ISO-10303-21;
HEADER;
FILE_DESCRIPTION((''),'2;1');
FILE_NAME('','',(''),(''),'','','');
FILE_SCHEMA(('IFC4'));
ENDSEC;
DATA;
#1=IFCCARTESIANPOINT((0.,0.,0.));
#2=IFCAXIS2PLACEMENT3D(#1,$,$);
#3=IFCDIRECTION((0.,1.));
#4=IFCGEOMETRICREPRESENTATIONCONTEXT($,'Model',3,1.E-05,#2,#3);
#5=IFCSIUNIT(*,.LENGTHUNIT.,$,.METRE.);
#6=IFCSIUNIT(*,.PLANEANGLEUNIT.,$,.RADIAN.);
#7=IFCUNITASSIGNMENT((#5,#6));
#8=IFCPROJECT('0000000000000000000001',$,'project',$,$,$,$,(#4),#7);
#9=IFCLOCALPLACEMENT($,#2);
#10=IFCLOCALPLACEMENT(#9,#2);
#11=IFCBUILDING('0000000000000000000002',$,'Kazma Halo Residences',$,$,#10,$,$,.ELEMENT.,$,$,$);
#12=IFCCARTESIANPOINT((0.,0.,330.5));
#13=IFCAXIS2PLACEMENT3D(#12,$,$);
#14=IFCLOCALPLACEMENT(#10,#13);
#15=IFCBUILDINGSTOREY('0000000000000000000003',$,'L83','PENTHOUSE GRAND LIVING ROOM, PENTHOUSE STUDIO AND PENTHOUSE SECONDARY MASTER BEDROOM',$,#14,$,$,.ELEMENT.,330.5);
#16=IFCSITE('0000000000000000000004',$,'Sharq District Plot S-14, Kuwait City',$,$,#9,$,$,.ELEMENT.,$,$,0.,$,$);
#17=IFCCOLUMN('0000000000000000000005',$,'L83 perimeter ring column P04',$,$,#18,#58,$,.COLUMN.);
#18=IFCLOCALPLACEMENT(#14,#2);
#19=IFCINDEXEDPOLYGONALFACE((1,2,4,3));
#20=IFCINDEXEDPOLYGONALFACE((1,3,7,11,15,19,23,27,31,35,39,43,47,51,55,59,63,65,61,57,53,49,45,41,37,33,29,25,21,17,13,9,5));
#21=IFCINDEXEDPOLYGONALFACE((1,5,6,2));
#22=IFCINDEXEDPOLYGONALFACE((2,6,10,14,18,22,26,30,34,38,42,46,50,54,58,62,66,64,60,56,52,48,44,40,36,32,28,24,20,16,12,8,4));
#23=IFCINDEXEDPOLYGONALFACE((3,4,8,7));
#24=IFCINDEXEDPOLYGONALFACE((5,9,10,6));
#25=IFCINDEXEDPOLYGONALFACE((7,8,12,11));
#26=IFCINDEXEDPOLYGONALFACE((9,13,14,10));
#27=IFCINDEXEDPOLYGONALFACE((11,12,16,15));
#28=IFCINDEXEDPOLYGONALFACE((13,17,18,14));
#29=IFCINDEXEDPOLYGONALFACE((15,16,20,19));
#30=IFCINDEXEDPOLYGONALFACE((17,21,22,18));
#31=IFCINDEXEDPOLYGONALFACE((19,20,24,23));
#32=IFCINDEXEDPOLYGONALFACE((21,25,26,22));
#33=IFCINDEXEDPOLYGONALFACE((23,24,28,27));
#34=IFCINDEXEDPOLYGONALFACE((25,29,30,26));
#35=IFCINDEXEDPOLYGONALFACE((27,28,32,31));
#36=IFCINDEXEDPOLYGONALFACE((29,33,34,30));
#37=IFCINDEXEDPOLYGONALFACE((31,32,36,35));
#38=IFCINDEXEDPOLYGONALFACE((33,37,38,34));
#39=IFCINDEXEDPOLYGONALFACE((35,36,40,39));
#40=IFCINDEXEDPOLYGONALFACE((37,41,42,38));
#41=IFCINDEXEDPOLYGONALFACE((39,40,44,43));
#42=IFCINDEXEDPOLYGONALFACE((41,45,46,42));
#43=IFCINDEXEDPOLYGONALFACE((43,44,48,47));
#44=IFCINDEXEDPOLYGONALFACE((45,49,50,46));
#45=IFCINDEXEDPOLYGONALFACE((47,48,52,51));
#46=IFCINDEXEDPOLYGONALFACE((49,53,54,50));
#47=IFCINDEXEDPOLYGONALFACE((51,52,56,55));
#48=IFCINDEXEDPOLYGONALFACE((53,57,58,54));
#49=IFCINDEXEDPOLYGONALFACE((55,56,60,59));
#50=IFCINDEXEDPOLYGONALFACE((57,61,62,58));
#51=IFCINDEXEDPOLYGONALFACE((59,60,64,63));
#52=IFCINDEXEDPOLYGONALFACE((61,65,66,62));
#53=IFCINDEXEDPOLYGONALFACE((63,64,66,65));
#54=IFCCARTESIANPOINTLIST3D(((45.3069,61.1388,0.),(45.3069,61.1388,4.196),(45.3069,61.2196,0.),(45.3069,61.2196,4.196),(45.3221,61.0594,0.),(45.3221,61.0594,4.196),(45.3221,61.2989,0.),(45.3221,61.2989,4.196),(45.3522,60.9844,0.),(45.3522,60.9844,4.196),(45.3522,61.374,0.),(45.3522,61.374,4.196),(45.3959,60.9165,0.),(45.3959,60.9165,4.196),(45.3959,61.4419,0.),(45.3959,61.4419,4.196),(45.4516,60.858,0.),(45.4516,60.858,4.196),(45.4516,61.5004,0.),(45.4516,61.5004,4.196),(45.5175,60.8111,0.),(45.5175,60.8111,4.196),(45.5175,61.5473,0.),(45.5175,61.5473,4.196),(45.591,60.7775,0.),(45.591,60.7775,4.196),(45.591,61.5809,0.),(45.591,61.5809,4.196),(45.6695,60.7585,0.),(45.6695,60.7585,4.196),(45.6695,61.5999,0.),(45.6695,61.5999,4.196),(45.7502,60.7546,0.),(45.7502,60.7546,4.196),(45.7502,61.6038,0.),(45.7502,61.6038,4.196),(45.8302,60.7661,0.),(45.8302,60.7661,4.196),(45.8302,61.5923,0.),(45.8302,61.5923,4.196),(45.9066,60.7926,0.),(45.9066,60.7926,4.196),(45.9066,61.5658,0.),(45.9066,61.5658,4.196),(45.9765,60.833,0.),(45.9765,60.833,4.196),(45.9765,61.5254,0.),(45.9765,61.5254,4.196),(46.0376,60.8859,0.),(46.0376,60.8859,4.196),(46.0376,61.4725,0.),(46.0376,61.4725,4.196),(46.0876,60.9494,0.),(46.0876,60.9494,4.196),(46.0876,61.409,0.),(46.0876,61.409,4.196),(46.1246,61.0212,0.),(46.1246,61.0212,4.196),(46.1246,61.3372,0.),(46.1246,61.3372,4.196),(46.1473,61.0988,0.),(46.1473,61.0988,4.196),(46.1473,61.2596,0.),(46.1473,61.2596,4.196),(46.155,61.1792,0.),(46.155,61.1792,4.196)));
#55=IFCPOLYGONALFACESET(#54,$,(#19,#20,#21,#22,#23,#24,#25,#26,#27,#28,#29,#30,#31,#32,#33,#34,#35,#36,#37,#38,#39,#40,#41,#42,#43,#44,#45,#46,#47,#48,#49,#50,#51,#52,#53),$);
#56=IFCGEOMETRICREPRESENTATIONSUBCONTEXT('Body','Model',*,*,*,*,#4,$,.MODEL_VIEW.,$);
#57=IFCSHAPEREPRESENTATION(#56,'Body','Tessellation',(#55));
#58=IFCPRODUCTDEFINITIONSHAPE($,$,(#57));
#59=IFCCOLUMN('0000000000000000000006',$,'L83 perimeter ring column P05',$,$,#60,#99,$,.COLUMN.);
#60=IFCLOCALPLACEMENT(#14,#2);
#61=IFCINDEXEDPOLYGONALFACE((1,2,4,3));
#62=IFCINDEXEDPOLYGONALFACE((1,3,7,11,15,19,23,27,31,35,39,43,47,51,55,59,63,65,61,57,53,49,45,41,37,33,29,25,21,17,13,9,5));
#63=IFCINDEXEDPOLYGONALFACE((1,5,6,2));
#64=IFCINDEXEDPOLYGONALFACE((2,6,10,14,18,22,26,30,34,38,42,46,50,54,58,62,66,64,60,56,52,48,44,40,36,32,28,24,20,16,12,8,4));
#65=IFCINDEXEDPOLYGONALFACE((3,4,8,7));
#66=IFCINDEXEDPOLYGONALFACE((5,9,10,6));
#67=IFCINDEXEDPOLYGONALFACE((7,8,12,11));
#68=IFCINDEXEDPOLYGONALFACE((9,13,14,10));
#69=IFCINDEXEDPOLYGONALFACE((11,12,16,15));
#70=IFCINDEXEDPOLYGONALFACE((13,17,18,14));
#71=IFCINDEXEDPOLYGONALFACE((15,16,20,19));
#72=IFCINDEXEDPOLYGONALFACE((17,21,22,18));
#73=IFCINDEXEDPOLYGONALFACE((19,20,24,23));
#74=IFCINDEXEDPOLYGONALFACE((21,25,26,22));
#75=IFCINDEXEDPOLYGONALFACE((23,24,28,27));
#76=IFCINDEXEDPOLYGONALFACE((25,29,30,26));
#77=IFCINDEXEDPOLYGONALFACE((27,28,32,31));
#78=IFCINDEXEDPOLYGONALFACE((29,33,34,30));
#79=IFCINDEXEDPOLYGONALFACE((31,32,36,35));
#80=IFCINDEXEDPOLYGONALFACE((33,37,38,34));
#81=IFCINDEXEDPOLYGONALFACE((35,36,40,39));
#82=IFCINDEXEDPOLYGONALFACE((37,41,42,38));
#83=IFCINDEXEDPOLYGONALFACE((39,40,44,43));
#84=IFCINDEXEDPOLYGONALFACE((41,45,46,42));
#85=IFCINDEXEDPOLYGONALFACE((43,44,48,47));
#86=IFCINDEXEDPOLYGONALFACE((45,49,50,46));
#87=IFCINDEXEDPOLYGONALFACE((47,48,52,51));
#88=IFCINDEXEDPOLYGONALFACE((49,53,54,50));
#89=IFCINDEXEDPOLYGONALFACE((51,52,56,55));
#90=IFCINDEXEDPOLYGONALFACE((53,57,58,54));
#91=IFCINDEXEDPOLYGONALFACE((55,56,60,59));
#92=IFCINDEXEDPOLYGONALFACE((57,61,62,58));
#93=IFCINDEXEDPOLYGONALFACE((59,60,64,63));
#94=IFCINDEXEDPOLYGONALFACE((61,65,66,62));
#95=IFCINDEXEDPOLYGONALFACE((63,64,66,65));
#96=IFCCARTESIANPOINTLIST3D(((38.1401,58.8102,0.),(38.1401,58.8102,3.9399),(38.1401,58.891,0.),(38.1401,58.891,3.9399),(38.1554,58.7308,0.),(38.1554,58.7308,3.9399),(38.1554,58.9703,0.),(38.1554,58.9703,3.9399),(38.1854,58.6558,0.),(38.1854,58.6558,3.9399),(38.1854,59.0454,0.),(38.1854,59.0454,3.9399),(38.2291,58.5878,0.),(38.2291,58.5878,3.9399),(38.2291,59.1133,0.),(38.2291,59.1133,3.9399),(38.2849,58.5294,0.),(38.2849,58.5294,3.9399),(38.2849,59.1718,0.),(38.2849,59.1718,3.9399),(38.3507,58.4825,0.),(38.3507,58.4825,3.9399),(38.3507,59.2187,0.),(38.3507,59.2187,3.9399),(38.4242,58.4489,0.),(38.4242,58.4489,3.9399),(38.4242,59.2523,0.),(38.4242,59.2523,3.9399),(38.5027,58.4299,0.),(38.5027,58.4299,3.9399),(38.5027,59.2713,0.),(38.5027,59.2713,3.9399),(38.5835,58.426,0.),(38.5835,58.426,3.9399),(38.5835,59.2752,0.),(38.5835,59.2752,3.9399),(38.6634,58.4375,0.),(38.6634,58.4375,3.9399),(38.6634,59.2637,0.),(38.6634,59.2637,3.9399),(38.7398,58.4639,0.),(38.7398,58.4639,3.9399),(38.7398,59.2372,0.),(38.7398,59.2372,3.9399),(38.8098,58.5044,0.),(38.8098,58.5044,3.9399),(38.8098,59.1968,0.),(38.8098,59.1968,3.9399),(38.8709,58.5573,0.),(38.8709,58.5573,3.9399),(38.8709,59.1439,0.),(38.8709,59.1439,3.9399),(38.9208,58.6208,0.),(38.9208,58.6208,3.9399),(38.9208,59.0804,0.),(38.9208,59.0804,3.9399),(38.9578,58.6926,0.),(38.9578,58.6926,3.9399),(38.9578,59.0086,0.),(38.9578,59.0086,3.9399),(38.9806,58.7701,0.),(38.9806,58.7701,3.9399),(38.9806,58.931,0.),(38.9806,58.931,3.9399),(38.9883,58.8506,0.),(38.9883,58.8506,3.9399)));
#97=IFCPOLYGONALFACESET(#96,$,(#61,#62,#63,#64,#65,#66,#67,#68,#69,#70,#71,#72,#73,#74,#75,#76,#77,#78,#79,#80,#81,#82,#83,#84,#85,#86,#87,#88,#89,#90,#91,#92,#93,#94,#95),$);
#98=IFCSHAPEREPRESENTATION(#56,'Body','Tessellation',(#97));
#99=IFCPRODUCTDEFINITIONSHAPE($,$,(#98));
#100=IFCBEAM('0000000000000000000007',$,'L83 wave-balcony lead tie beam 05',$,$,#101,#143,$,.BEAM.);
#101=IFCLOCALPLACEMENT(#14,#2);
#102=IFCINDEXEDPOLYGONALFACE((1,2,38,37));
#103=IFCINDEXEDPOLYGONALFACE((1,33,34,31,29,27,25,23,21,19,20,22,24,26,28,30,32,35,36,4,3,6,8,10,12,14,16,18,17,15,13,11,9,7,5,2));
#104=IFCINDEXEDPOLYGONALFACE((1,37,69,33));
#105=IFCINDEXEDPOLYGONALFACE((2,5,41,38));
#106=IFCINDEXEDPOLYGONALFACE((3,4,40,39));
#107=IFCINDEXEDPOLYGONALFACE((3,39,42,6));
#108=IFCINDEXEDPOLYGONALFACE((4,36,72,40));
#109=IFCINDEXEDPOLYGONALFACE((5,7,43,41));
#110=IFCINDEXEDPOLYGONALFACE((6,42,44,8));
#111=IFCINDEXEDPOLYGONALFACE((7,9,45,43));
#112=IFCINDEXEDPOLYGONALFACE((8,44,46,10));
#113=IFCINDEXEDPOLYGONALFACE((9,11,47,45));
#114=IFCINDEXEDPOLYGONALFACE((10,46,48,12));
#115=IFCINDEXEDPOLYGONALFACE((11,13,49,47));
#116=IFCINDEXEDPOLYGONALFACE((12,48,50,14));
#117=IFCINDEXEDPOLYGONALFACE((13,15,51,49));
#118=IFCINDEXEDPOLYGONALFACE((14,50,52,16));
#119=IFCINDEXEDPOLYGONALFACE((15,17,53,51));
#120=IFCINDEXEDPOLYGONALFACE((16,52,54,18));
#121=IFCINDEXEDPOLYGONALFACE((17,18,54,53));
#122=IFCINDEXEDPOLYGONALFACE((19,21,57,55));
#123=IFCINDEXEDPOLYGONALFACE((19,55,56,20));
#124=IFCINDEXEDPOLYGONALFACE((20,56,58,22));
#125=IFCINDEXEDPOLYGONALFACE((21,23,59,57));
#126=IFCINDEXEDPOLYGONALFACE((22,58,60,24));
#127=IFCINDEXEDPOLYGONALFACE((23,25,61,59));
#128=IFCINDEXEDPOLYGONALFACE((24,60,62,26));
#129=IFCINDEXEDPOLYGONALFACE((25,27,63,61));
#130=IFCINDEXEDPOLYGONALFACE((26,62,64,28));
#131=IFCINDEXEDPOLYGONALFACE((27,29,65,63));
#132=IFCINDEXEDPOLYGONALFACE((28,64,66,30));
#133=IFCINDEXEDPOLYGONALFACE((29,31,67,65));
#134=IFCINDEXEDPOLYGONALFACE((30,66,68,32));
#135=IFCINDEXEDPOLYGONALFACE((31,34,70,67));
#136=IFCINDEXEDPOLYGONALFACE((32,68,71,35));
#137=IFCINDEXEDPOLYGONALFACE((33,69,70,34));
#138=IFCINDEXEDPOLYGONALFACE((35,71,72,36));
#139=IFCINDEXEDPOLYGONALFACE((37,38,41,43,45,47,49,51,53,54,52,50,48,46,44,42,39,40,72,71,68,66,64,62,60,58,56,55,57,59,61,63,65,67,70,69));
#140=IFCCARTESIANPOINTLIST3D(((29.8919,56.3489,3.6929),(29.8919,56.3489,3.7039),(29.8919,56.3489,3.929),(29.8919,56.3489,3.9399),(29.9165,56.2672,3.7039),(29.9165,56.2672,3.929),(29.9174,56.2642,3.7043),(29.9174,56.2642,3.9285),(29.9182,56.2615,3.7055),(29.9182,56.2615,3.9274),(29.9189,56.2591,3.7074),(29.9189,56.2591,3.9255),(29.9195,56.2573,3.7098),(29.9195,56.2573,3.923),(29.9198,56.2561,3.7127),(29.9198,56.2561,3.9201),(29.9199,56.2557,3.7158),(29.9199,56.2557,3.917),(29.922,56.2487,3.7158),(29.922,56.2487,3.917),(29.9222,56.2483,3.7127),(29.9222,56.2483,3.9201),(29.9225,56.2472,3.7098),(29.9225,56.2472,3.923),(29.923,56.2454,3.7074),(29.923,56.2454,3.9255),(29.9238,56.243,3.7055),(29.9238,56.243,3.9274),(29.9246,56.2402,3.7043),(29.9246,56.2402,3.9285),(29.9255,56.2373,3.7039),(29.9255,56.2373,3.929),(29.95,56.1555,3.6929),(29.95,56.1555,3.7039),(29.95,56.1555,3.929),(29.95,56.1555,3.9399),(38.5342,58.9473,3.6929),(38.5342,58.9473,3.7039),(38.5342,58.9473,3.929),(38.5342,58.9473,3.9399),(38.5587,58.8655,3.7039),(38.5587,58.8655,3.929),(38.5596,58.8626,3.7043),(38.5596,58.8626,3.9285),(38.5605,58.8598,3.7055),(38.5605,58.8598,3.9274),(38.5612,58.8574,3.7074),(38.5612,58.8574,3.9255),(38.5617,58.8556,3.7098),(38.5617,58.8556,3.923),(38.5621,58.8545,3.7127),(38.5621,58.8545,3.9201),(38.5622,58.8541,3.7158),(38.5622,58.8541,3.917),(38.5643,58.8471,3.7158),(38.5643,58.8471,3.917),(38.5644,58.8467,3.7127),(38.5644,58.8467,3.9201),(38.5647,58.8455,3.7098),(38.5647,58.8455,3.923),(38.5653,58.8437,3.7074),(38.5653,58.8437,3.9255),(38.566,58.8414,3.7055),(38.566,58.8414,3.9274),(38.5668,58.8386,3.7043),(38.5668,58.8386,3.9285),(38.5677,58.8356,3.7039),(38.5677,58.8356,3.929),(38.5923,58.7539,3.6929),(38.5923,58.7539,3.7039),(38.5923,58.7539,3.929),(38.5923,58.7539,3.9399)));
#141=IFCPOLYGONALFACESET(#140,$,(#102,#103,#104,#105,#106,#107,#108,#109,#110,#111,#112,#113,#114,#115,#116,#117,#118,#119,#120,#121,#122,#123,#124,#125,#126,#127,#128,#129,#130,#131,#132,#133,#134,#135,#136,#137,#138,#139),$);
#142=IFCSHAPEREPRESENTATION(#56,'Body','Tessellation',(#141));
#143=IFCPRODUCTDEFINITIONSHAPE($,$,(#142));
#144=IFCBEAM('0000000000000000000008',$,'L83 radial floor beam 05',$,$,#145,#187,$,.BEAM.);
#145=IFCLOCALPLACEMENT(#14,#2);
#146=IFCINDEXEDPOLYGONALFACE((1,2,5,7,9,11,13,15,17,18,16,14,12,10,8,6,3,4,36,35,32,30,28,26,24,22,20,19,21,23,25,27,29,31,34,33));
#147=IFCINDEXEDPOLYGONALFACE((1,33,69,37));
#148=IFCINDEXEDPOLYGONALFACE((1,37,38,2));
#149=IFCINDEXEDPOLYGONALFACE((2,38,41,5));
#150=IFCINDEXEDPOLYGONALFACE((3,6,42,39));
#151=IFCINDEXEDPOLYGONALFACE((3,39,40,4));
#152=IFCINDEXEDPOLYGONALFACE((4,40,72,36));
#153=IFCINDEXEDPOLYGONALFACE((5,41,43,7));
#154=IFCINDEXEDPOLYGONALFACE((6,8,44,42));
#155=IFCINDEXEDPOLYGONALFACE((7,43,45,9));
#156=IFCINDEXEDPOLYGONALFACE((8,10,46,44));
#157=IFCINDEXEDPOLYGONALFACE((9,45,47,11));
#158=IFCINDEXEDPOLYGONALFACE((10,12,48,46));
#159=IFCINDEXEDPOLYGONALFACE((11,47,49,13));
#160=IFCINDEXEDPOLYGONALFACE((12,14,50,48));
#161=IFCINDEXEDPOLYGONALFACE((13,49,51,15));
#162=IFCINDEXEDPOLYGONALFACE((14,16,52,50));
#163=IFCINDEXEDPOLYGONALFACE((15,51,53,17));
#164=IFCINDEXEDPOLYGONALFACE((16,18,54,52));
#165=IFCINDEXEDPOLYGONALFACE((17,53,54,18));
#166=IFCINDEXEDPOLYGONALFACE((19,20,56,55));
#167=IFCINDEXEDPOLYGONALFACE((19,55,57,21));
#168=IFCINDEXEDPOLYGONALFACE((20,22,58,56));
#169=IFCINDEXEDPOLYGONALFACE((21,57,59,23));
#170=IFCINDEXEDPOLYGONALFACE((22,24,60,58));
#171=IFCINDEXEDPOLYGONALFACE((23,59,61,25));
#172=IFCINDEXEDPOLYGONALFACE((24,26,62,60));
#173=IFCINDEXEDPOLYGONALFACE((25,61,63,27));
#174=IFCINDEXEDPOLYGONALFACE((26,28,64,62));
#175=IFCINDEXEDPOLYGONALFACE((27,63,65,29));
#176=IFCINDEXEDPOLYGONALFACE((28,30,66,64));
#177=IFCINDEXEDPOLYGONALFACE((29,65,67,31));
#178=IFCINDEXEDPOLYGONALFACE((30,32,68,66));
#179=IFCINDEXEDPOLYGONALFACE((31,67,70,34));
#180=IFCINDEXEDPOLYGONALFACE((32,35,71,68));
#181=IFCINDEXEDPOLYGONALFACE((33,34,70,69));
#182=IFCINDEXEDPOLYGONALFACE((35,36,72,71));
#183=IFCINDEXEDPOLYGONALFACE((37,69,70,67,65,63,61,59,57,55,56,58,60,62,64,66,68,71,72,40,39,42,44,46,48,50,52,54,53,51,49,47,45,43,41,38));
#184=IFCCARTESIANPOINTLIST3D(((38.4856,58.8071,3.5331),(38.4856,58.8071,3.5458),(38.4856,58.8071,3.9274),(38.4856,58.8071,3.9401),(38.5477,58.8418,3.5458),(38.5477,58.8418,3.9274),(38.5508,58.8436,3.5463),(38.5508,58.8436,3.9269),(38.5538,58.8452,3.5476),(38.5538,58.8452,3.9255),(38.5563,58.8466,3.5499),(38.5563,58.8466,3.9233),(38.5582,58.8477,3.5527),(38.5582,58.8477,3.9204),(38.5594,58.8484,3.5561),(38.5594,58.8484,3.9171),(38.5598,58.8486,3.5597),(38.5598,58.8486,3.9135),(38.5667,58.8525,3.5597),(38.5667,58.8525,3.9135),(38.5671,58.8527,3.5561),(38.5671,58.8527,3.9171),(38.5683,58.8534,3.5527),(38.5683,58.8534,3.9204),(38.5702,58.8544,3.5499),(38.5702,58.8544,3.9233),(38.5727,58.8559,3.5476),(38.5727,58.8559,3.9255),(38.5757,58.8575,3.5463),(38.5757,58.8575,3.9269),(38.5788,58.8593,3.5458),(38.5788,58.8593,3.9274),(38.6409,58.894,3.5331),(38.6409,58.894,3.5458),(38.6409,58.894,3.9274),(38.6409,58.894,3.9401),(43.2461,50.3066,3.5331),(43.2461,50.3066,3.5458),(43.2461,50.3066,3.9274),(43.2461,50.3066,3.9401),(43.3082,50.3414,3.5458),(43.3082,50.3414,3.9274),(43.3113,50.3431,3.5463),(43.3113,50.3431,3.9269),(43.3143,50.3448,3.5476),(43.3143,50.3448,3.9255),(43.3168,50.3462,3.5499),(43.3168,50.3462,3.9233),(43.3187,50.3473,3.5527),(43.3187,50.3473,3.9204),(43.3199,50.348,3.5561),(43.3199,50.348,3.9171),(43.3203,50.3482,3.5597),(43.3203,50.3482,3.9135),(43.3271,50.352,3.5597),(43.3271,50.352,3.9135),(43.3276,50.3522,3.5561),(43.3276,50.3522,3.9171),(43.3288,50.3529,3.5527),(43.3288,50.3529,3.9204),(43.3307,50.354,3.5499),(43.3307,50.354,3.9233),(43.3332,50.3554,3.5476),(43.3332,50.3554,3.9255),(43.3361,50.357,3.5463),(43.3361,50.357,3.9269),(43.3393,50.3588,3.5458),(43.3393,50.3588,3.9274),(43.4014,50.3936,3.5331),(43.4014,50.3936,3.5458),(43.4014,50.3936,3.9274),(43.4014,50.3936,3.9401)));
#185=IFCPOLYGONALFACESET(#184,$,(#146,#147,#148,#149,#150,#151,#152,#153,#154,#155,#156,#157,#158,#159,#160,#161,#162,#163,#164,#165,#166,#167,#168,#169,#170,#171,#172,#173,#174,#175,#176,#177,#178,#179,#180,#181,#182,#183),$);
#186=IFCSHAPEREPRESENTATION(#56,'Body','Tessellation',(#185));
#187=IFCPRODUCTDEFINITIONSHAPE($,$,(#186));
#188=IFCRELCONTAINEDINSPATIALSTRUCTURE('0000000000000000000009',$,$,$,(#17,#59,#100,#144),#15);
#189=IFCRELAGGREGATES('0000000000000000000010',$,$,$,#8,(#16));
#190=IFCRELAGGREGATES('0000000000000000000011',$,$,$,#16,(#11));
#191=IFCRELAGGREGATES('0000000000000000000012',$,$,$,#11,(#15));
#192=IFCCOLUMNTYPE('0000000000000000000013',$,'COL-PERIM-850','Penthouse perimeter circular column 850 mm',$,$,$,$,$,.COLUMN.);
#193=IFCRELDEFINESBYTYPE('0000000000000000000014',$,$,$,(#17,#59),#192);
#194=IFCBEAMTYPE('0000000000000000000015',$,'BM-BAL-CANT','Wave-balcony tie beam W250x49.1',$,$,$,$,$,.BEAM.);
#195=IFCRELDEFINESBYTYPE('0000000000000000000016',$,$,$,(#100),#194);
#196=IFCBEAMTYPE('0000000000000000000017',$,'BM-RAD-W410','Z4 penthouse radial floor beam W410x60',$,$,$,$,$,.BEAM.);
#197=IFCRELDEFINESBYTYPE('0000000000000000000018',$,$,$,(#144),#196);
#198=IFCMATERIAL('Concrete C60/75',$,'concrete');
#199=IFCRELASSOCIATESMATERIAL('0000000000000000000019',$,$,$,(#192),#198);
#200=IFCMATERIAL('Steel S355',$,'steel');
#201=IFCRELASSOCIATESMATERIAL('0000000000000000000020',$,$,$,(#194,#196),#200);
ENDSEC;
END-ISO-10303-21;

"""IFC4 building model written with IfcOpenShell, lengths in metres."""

from ifc_helpers import new_model, si_unit, direction, frame, origin, origin_2d, place, context, subcontext, project, spatial, circle, i_section, extrude, material, material_profile, profile_set, type_object, element, save


model = new_model("IFC4")

# Units and contexts
model_context = context("Model", 3, precision=1e-05, world=origin(), true_north=direction((0.0, 1.0)))
body_context = subcontext(model_context, "Body", "Model", "MODEL_VIEW")
ifc_project = project(units=[si_unit("LENGTHUNIT", "METRE"), si_unit("PLANEANGLEUNIT", "RADIAN")], contexts=[model_context])

# Site, building, storey
site_placement = place(None, origin())
site = spatial("IfcSite", under=ifc_project, at=site_placement, Name="Sharq District Plot S-14, Kuwait City", CompositionType="ELEMENT", RefElevation=0.0)
building_placement = place(site_placement, origin())
building = spatial("IfcBuilding", under=site, at=building_placement, Name="Kazma Halo Residences", CompositionType="ELEMENT")
storey_placement = place(building_placement, frame((0.0, 0.0, 330.5)))
storey = spatial("IfcBuildingStorey", under=building, at=storey_placement, Name="L83", Description="PENTHOUSE GRAND LIVING ROOM, PENTHOUSE STUDIO AND PENTHOUSE SECONDARY MASTER BEDROOM", CompositionType="ELEMENT", Elevation=330.5)

# Columns
ifc_material_1 = material(Name="Concrete C60/75", Category="concrete")
ifc_material_profile_1 = material_profile(ifc_material_1, circle(Radius=0.425, at=origin_2d()), Name="CIRC850")
ifc_profile_set_1 = profile_set([ifc_material_profile_1], Name="Concrete C60/75")
column_type = type_object("IfcColumnType", Name="COL-PERIM-850", Description="Penthouse perimeter circular column 850 mm", PredefinedType="COLUMN", material=ifc_profile_set_1)
column_1_placement = place(storey_placement, frame((45.73, 61.1792, 0.0), z_axis=(0.0, 0.0, 1.0), x_axis=(1.0, 0.0, 0.0)))
element("IfcColumn", 1, at=column_1_placement, inside=storey, type_object=column_type, Name="L83 perimeter ring column P04", PredefinedType="COLUMN", context=body_context, shape_type="SweptSolid", body=[
    extrude(circle(Radius=0.425, at=origin_2d()), origin(), (0.0, 0.0, 1.0), 4.196),
])
column_2_placement = place(storey_placement, frame((38.5632, 58.8506, 0.0), z_axis=(0.0, 0.0, 1.0), x_axis=(1.0, 0.0, 0.0)))
element("IfcColumn", 2, at=column_2_placement, inside=storey, type_object=column_type, Name="L83 perimeter ring column P05", PredefinedType="COLUMN", context=body_context, shape_type="SweptSolid", body=[
    extrude(circle(Radius=0.425, at=origin_2d()), origin(), (0.0, 0.0, 1.0), 3.9399),
])

# Beams
ifc_material_2 = material(Name="Steel S355", Category="steel")
ifc_material_profile_2 = material_profile(ifc_material_2, i_section(OverallWidth=0.2019, OverallDepth=0.2471, WebThickness=0.0073, FlangeThickness=0.011, FilletRadius=0.012, at=origin_2d()), Name="W250x49.1")
ifc_profile_set_2 = profile_set([ifc_material_profile_2], Name="Steel S355")
beam_type_1 = type_object("IfcBeamType", Name="BM-BAL-CANT", Description="Wave-balcony tie beam W250x49.1", PredefinedType="BEAM", material=ifc_profile_set_2)
beam_1_placement = place(storey_placement, frame((38.5632, 58.8506, 3.8164), z_axis=(-0.957653, -0.287926, 0.0), x_axis=(0.287926, -0.957653, 0.0)))
element("IfcBeam", 3, at=beam_1_placement, inside=storey, type_object=beam_type_1, Name="L83 wave-balcony lead tie beam 05", PredefinedType="BEAM", context=body_context, shape_type="SweptSolid", body=[
    extrude(i_section(OverallWidth=0.2019, OverallDepth=0.2471, WebThickness=0.0073, FlangeThickness=0.011, FilletRadius=0.012, at=origin_2d()), origin(), (0.0, 0.0, 1.0), 9.0244),
])
ifc_material_profile_3 = material_profile(ifc_material_2, i_section(OverallWidth=0.178, OverallDepth=0.407, WebThickness=0.0078, FlangeThickness=0.0127, FilletRadius=0.0139, at=origin_2d()), Name="W410x60")
ifc_profile_set_3 = profile_set([ifc_material_profile_3], Name="Steel S355")
beam_type_2 = type_object("IfcBeamType", Name="BM-RAD-W410", Description="Z4 penthouse radial floor beam W410x60", PredefinedType="BEAM", material=ifc_profile_set_3)
beam_2_placement = place(storey_placement, frame((43.3237, 50.3501, 3.7366), z_axis=(-0.488621, 0.872496, 0.0), x_axis=(-0.872496, -0.488621, 0.0)))
element("IfcBeam", 4, at=beam_2_placement, inside=storey, type_object=beam_type_2, Name="L83 radial floor beam 05", PredefinedType="BEAM", context=body_context, shape_type="SweptSolid", body=[
    extrude(i_section(OverallWidth=0.178, OverallDepth=0.407, WebThickness=0.0078, FlangeThickness=0.0127, FilletRadius=0.0139, at=origin_2d()), origin(), (0.0, 0.0, 1.0), 9.7427),
])

save(model, "model.ifc")
